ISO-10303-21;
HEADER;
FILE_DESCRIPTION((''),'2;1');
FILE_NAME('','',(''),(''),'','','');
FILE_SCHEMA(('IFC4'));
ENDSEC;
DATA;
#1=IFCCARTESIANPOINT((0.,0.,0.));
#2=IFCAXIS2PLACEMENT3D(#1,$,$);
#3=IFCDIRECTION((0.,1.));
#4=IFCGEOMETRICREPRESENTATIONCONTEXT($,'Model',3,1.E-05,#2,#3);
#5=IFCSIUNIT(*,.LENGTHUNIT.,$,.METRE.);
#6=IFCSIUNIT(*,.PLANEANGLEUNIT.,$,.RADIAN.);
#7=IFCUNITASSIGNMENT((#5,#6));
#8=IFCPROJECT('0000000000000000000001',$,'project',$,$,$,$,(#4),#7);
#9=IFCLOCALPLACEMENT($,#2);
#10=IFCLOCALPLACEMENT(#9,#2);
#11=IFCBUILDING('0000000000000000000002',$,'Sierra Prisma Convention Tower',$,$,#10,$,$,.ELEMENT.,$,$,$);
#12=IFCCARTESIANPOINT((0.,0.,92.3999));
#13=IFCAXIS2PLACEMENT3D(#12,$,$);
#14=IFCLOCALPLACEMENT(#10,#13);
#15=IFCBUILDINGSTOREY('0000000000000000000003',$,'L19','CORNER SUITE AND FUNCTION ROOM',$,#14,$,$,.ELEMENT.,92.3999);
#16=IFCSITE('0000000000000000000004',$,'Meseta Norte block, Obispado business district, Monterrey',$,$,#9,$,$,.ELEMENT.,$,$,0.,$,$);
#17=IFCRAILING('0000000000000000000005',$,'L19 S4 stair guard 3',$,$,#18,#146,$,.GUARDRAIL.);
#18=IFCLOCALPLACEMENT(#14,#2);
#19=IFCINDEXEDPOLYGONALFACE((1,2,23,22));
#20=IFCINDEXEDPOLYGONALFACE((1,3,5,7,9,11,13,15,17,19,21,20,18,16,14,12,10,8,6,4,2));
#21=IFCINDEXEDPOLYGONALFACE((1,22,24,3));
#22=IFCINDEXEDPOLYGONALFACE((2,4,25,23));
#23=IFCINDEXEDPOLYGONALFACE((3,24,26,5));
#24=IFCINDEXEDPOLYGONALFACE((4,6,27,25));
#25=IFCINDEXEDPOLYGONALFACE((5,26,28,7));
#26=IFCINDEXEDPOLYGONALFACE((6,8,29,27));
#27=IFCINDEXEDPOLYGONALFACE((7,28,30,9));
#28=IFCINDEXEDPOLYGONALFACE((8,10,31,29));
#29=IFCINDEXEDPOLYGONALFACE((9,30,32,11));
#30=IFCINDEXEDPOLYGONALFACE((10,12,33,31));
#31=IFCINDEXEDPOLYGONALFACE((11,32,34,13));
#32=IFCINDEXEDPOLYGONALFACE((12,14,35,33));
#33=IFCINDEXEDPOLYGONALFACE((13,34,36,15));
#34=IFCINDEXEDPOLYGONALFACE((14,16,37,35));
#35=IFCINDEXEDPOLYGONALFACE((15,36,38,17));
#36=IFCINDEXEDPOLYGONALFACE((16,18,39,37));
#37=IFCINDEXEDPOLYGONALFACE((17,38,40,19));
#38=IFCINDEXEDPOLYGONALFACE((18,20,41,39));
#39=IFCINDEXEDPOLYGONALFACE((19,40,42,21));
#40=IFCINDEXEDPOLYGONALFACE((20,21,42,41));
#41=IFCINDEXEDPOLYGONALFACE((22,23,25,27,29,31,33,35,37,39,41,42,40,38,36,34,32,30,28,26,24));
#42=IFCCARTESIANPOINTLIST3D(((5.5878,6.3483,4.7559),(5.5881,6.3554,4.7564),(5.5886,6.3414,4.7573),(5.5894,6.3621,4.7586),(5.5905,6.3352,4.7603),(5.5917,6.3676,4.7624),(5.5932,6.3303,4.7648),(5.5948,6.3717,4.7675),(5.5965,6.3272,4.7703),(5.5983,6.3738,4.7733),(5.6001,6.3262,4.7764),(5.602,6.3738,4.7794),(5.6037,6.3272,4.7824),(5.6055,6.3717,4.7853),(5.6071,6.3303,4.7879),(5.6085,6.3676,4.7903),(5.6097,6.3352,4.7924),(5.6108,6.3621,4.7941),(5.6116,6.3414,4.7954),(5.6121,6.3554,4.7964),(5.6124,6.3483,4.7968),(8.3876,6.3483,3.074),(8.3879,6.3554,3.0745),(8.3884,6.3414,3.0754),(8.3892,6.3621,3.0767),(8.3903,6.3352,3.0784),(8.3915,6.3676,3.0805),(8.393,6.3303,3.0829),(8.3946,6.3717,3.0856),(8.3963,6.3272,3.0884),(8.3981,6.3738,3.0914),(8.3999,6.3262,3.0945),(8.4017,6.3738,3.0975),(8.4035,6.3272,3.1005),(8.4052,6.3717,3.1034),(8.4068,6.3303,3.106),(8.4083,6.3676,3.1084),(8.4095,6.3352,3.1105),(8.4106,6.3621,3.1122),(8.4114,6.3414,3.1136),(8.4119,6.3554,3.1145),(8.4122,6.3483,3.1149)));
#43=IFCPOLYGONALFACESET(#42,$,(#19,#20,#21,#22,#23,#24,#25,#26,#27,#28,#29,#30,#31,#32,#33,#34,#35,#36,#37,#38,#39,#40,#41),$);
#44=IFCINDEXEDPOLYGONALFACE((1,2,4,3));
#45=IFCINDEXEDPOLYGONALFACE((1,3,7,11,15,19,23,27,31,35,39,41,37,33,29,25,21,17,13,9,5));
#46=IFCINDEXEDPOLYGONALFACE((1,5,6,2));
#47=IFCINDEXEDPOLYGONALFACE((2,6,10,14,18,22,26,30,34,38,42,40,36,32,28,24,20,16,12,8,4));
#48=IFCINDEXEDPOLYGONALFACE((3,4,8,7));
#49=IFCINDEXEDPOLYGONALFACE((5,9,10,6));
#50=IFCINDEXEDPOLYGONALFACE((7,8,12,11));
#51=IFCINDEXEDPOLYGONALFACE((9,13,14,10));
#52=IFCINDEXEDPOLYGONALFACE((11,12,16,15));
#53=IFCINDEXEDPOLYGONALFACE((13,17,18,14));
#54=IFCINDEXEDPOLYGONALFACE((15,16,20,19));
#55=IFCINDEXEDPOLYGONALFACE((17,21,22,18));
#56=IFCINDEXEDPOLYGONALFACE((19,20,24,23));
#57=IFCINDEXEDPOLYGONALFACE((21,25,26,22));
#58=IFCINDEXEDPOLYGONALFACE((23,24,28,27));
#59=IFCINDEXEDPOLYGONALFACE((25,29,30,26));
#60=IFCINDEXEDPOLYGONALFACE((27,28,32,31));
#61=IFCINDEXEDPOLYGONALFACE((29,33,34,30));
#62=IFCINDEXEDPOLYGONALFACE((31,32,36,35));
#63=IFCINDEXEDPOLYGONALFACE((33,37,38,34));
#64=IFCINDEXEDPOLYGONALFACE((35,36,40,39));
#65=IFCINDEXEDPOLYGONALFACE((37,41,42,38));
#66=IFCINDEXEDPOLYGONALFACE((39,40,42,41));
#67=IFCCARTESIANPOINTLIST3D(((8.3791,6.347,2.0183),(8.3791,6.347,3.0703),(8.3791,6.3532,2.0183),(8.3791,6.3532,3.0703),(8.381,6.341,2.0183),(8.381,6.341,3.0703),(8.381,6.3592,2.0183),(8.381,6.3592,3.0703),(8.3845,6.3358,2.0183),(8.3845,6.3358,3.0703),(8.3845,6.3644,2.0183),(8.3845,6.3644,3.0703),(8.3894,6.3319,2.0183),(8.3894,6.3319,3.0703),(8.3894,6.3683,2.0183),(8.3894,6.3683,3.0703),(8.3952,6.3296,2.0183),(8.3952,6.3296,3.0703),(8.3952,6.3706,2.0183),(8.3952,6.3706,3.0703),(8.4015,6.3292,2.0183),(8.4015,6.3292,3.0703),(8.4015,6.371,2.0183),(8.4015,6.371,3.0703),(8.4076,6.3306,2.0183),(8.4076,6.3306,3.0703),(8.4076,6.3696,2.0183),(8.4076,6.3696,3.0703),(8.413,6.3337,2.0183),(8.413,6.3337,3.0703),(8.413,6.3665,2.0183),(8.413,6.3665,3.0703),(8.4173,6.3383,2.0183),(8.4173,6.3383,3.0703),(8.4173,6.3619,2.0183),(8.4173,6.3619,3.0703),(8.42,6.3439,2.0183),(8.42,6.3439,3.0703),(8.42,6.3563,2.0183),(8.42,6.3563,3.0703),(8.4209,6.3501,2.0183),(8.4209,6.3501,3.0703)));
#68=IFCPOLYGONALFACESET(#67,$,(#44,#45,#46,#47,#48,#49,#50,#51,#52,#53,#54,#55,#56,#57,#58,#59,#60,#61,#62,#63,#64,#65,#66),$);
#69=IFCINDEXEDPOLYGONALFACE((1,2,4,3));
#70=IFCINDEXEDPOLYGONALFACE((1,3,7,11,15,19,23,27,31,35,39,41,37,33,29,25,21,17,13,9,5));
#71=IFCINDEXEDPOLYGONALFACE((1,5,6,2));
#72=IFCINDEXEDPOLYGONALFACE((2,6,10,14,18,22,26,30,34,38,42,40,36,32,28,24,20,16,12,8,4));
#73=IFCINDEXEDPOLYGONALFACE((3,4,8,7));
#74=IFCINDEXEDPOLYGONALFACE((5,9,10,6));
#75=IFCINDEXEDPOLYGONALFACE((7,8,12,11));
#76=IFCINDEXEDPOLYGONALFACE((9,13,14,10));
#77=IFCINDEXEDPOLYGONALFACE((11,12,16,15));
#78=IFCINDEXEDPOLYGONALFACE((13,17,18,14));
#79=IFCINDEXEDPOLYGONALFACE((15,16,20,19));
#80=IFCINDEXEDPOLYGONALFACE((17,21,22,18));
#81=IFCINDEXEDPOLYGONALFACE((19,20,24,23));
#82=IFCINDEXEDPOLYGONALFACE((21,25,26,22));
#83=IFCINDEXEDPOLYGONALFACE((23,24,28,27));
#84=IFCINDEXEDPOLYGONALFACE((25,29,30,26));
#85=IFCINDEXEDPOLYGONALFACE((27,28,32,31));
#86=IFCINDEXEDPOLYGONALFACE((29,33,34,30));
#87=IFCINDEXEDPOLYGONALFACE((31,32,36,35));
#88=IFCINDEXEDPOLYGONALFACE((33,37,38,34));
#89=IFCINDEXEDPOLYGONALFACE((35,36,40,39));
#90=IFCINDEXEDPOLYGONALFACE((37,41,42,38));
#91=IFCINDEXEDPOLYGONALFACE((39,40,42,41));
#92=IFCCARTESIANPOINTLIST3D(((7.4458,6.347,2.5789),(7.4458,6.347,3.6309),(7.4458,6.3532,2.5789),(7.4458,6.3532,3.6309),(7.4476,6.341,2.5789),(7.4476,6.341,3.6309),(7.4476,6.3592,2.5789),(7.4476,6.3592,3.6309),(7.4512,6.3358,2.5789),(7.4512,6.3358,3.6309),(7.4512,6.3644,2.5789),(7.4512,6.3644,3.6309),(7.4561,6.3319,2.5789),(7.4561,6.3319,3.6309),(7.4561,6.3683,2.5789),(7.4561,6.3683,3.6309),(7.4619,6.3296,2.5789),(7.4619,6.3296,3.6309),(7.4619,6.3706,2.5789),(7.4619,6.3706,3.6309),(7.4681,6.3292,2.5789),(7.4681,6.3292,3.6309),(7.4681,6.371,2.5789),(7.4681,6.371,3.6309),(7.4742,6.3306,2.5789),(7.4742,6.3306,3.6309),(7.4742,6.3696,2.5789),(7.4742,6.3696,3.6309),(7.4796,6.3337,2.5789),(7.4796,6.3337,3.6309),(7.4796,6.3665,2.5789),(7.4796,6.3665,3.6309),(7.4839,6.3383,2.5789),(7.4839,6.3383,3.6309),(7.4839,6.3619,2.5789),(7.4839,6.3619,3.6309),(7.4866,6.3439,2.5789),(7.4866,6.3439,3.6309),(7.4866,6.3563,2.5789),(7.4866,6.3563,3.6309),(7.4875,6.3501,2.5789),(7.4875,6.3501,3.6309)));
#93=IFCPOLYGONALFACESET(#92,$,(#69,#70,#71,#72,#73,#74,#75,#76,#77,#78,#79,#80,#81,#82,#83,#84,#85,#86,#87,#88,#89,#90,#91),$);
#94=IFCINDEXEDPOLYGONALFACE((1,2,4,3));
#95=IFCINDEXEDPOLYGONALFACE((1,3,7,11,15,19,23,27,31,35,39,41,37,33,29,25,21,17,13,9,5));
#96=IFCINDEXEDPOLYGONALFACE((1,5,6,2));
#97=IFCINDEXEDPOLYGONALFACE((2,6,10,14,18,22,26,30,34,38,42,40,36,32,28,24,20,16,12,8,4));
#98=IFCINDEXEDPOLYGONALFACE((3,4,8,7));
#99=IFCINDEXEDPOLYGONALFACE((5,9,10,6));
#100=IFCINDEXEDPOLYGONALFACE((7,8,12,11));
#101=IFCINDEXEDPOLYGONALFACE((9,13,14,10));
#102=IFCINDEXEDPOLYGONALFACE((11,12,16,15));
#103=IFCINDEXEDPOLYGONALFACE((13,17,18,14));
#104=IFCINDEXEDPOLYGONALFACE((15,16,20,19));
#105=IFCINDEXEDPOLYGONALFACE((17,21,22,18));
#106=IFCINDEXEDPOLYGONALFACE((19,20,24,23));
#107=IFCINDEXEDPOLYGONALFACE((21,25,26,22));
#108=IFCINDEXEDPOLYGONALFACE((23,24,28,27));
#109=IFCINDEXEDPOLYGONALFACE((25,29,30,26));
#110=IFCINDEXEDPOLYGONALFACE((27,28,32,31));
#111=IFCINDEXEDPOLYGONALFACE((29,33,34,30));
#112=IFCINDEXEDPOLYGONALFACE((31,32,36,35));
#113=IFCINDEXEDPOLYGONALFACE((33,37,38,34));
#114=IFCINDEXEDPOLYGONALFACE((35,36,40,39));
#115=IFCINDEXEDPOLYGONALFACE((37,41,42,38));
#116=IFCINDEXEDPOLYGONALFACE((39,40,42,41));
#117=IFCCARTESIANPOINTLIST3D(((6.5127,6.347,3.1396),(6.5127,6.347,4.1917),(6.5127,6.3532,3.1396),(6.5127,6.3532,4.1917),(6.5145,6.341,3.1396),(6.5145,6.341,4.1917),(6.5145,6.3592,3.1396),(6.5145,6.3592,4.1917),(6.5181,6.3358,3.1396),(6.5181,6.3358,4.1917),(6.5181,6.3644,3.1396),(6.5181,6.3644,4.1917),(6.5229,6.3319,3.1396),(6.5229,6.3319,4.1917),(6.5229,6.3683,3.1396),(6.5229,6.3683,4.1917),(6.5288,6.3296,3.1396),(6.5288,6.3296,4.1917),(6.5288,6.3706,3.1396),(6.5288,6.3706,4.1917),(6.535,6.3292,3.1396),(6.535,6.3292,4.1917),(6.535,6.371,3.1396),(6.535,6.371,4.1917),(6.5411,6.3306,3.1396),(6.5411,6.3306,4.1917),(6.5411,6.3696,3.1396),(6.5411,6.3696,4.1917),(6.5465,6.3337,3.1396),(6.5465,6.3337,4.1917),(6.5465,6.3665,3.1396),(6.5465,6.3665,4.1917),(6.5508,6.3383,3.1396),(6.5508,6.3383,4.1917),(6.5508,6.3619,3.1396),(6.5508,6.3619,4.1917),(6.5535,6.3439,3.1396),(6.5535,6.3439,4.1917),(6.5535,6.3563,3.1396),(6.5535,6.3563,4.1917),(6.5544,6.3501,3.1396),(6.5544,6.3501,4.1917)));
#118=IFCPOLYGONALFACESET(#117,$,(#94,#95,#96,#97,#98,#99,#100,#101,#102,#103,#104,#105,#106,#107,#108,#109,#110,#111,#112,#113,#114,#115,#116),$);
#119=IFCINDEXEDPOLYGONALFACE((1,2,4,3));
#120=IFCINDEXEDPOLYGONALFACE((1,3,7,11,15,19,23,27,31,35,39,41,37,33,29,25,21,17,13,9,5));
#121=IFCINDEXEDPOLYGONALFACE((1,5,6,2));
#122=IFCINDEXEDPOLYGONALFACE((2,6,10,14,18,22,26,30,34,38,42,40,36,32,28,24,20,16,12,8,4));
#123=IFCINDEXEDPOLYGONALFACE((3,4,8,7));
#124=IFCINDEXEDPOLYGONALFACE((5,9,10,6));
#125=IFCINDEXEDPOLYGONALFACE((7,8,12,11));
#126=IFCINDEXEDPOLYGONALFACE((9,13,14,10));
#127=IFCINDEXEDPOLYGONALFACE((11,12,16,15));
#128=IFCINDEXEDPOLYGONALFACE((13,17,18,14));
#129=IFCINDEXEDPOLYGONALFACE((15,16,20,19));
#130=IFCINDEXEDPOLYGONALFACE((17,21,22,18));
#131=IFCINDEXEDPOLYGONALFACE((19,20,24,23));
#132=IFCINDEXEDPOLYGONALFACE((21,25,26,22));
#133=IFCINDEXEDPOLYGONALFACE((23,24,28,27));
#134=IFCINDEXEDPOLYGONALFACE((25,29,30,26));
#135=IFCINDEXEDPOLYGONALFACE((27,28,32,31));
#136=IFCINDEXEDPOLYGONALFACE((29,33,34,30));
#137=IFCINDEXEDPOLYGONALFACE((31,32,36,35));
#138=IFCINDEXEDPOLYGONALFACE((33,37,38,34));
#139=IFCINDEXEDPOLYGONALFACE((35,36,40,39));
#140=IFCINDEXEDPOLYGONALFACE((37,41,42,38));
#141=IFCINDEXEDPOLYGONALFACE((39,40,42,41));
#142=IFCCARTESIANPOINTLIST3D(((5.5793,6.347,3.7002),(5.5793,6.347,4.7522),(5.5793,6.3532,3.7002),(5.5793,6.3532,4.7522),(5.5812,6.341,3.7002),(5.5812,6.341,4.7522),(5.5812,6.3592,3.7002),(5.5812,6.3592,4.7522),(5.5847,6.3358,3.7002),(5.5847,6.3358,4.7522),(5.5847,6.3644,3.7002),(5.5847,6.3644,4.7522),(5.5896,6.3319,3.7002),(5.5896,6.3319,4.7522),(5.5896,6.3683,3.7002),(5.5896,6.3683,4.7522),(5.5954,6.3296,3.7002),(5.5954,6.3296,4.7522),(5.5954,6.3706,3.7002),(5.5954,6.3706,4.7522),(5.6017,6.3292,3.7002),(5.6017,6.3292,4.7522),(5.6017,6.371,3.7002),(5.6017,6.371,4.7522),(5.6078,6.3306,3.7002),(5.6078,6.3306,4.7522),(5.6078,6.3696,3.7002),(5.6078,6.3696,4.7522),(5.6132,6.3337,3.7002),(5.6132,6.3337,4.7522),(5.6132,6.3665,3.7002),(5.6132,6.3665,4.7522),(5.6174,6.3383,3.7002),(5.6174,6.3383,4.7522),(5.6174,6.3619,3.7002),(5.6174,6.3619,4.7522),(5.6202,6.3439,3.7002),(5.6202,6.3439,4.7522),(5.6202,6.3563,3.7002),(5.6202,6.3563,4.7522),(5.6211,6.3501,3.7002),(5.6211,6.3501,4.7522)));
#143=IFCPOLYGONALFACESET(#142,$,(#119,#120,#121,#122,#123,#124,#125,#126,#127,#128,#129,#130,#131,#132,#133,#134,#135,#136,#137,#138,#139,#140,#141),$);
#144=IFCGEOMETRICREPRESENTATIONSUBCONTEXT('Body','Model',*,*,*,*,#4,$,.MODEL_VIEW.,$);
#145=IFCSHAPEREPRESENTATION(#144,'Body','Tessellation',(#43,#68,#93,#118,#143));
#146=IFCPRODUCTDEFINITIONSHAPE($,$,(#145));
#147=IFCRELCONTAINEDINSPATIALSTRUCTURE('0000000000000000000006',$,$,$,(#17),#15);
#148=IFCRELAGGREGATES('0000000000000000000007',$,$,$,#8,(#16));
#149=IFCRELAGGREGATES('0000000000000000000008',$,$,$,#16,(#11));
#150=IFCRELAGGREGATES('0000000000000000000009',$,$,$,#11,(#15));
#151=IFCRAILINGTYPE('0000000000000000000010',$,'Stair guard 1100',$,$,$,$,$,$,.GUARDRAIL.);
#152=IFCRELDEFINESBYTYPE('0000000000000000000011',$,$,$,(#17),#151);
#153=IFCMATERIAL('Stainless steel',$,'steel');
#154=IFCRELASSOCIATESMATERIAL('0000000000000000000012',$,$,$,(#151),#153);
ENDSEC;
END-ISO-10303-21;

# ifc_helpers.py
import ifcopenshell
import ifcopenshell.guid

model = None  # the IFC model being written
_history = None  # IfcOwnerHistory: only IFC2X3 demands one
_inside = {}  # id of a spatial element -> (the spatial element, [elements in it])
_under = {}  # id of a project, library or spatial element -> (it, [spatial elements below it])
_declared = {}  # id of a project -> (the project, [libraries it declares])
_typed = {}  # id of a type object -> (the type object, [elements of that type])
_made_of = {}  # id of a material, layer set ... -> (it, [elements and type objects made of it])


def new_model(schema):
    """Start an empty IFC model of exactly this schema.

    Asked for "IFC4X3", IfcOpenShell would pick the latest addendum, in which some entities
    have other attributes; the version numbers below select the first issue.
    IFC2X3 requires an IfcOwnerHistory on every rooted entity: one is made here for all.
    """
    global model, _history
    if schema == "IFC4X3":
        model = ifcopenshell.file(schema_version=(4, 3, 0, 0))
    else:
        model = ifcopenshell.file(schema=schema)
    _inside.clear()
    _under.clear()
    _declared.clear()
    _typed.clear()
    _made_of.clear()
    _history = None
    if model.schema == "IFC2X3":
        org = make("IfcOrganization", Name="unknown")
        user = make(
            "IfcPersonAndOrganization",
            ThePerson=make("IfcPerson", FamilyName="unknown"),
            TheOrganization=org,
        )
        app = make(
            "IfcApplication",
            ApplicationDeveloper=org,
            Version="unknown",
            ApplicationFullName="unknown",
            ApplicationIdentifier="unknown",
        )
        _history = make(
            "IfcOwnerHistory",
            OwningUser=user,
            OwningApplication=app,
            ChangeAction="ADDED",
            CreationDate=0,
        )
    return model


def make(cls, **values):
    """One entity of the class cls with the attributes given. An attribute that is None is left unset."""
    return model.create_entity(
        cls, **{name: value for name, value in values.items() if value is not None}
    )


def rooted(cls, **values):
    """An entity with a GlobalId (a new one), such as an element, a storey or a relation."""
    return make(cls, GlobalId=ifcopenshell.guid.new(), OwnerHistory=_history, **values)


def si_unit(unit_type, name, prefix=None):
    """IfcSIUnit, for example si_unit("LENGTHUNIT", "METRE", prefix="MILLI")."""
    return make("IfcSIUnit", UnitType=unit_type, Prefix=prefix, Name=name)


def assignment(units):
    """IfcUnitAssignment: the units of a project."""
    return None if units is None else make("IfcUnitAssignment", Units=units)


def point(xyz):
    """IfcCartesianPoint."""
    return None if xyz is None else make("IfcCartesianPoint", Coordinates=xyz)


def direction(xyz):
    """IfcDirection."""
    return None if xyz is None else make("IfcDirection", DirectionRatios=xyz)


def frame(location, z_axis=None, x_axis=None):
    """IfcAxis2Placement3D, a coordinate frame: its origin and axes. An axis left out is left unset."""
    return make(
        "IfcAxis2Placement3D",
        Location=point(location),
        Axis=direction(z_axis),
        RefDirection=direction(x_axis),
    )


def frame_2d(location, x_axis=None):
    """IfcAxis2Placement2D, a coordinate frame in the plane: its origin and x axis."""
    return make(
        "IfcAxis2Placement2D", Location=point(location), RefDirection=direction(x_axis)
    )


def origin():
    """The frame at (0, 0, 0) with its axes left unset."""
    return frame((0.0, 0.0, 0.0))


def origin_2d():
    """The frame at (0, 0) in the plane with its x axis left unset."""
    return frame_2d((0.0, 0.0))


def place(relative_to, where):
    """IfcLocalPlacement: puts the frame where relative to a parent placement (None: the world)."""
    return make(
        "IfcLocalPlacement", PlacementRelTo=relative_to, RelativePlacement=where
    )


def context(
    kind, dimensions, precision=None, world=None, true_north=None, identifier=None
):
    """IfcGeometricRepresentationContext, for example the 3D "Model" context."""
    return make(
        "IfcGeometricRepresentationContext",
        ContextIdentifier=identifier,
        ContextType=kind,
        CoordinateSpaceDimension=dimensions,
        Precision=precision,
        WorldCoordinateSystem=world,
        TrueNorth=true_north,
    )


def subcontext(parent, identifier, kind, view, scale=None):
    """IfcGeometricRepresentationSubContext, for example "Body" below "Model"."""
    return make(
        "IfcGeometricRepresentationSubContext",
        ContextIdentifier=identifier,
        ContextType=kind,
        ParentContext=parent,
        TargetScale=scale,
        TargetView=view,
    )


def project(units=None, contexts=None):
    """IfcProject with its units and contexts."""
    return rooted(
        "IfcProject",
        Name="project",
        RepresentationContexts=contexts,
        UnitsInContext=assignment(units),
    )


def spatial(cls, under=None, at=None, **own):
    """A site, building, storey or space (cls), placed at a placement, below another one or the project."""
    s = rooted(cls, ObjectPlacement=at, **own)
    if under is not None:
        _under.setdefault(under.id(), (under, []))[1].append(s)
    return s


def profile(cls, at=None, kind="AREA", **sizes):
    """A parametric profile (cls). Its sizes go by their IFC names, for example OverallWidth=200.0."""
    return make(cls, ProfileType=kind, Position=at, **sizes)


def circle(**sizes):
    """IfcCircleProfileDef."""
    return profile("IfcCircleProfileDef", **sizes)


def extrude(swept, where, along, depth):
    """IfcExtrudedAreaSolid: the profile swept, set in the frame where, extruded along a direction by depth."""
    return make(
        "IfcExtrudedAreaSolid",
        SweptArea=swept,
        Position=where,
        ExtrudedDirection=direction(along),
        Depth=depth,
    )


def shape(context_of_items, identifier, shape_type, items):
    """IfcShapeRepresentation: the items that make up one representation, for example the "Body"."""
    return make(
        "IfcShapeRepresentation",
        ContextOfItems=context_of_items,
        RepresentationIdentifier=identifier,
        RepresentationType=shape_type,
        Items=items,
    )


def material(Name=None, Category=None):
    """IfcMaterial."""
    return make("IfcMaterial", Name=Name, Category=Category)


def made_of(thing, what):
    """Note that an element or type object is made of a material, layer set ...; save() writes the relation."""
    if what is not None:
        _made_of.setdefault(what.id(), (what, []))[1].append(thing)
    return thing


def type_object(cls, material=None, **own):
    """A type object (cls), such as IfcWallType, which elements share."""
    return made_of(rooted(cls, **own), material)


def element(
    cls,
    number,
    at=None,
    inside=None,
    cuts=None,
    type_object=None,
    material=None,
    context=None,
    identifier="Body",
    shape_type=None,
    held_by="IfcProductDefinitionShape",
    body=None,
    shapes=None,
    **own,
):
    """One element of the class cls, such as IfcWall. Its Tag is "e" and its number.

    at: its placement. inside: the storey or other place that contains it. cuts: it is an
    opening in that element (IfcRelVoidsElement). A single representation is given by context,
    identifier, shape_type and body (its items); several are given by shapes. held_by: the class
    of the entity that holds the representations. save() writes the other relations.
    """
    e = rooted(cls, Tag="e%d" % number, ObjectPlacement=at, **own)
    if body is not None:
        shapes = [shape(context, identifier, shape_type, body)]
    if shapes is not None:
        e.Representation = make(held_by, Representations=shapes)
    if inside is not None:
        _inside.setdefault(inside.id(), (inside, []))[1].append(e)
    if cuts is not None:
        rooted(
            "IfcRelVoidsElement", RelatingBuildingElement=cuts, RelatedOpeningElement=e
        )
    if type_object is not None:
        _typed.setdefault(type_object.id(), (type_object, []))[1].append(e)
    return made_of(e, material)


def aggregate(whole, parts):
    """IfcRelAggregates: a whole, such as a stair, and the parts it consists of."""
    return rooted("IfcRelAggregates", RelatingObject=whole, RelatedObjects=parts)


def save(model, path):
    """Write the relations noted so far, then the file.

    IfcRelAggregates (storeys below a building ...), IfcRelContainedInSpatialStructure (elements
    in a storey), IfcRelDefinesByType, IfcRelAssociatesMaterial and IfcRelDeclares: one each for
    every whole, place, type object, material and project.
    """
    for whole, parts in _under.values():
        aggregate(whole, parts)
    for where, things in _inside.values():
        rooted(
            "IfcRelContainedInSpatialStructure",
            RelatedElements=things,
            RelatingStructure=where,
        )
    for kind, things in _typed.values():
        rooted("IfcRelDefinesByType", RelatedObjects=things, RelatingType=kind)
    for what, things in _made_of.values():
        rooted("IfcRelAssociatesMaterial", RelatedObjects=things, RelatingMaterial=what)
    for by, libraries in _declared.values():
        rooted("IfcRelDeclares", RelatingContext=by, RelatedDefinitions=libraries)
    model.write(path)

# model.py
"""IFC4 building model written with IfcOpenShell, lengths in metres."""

from ifc_helpers import new_model, si_unit, direction, frame, origin, origin_2d, place, context, subcontext, project, spatial, circle, extrude, material, type_object, element, save


model = new_model("IFC4")

# Units and contexts
model_context = context("Model", 3, precision=1e-05, world=origin(), true_north=direction((0.0, 1.0)))
body_context = subcontext(model_context, "Body", "Model", "MODEL_VIEW")
ifc_project = project(units=[si_unit("LENGTHUNIT", "METRE"), si_unit("PLANEANGLEUNIT", "RADIAN")], contexts=[model_context])

# Site, building, storey
site_placement = place(None, origin())
site = spatial("IfcSite", under=ifc_project, at=site_placement, Name="Meseta Norte block, Obispado business district, Monterrey", CompositionType="ELEMENT", RefElevation=0.0)
building_placement = place(site_placement, origin())
building = spatial("IfcBuilding", under=site, at=building_placement, Name="Sierra Prisma Convention Tower", CompositionType="ELEMENT")
storey_placement = place(building_placement, frame((0.0, 0.0, 92.3999)))
storey = spatial("IfcBuildingStorey", under=building, at=storey_placement, Name="L19", Description="CORNER SUITE AND FUNCTION ROOM", CompositionType="ELEMENT", Elevation=92.3999)

# Railing
ifc_material_1 = material(Name="Stainless steel", Category="steel")
railing_type_1 = type_object("IfcRailingType", Name="Stair guard 1100", PredefinedType="GUARDRAIL", material=ifc_material_1)
railing_1_placement = place(storey_placement, frame((8.3999, 6.3501, 2.0183)))
element("IfcRailing", 1, at=railing_1_placement, inside=storey, type_object=railing_type_1, Name="L19 S4 stair guard 3", PredefinedType="GUARDRAIL", context=body_context, shape_type="SweptSolid", body=[
    extrude(circle(Radius=0.0239, at=origin_2d()), frame((0.0, 0.0, 1.0762), z_axis=(-0.857222, 0.0, 0.514946), x_axis=(0.0, -1.0, 0.0)), (0.0, 0.0, 1.0), 3.2661),
    extrude(circle(Radius=0.021, at=origin_2d()), origin(), (0.0, 0.0, 1.0), 1.052),
    extrude(circle(Radius=0.021, at=origin_2d()), frame((-0.9333, 0.0, 0.5605)), (0.0, 0.0, 1.0), 1.052),
    extrude(circle(Radius=0.021, at=origin_2d()), frame((-1.8665, 0.0, 1.1213)), (0.0, 0.0, 1.0), 1.052),
    extrude(circle(Radius=0.021, at=origin_2d()), frame((-2.7998, 0.0, 1.6819)), (0.0, 0.0, 1.0), 1.052),
])

save(model, "model.ifc")
